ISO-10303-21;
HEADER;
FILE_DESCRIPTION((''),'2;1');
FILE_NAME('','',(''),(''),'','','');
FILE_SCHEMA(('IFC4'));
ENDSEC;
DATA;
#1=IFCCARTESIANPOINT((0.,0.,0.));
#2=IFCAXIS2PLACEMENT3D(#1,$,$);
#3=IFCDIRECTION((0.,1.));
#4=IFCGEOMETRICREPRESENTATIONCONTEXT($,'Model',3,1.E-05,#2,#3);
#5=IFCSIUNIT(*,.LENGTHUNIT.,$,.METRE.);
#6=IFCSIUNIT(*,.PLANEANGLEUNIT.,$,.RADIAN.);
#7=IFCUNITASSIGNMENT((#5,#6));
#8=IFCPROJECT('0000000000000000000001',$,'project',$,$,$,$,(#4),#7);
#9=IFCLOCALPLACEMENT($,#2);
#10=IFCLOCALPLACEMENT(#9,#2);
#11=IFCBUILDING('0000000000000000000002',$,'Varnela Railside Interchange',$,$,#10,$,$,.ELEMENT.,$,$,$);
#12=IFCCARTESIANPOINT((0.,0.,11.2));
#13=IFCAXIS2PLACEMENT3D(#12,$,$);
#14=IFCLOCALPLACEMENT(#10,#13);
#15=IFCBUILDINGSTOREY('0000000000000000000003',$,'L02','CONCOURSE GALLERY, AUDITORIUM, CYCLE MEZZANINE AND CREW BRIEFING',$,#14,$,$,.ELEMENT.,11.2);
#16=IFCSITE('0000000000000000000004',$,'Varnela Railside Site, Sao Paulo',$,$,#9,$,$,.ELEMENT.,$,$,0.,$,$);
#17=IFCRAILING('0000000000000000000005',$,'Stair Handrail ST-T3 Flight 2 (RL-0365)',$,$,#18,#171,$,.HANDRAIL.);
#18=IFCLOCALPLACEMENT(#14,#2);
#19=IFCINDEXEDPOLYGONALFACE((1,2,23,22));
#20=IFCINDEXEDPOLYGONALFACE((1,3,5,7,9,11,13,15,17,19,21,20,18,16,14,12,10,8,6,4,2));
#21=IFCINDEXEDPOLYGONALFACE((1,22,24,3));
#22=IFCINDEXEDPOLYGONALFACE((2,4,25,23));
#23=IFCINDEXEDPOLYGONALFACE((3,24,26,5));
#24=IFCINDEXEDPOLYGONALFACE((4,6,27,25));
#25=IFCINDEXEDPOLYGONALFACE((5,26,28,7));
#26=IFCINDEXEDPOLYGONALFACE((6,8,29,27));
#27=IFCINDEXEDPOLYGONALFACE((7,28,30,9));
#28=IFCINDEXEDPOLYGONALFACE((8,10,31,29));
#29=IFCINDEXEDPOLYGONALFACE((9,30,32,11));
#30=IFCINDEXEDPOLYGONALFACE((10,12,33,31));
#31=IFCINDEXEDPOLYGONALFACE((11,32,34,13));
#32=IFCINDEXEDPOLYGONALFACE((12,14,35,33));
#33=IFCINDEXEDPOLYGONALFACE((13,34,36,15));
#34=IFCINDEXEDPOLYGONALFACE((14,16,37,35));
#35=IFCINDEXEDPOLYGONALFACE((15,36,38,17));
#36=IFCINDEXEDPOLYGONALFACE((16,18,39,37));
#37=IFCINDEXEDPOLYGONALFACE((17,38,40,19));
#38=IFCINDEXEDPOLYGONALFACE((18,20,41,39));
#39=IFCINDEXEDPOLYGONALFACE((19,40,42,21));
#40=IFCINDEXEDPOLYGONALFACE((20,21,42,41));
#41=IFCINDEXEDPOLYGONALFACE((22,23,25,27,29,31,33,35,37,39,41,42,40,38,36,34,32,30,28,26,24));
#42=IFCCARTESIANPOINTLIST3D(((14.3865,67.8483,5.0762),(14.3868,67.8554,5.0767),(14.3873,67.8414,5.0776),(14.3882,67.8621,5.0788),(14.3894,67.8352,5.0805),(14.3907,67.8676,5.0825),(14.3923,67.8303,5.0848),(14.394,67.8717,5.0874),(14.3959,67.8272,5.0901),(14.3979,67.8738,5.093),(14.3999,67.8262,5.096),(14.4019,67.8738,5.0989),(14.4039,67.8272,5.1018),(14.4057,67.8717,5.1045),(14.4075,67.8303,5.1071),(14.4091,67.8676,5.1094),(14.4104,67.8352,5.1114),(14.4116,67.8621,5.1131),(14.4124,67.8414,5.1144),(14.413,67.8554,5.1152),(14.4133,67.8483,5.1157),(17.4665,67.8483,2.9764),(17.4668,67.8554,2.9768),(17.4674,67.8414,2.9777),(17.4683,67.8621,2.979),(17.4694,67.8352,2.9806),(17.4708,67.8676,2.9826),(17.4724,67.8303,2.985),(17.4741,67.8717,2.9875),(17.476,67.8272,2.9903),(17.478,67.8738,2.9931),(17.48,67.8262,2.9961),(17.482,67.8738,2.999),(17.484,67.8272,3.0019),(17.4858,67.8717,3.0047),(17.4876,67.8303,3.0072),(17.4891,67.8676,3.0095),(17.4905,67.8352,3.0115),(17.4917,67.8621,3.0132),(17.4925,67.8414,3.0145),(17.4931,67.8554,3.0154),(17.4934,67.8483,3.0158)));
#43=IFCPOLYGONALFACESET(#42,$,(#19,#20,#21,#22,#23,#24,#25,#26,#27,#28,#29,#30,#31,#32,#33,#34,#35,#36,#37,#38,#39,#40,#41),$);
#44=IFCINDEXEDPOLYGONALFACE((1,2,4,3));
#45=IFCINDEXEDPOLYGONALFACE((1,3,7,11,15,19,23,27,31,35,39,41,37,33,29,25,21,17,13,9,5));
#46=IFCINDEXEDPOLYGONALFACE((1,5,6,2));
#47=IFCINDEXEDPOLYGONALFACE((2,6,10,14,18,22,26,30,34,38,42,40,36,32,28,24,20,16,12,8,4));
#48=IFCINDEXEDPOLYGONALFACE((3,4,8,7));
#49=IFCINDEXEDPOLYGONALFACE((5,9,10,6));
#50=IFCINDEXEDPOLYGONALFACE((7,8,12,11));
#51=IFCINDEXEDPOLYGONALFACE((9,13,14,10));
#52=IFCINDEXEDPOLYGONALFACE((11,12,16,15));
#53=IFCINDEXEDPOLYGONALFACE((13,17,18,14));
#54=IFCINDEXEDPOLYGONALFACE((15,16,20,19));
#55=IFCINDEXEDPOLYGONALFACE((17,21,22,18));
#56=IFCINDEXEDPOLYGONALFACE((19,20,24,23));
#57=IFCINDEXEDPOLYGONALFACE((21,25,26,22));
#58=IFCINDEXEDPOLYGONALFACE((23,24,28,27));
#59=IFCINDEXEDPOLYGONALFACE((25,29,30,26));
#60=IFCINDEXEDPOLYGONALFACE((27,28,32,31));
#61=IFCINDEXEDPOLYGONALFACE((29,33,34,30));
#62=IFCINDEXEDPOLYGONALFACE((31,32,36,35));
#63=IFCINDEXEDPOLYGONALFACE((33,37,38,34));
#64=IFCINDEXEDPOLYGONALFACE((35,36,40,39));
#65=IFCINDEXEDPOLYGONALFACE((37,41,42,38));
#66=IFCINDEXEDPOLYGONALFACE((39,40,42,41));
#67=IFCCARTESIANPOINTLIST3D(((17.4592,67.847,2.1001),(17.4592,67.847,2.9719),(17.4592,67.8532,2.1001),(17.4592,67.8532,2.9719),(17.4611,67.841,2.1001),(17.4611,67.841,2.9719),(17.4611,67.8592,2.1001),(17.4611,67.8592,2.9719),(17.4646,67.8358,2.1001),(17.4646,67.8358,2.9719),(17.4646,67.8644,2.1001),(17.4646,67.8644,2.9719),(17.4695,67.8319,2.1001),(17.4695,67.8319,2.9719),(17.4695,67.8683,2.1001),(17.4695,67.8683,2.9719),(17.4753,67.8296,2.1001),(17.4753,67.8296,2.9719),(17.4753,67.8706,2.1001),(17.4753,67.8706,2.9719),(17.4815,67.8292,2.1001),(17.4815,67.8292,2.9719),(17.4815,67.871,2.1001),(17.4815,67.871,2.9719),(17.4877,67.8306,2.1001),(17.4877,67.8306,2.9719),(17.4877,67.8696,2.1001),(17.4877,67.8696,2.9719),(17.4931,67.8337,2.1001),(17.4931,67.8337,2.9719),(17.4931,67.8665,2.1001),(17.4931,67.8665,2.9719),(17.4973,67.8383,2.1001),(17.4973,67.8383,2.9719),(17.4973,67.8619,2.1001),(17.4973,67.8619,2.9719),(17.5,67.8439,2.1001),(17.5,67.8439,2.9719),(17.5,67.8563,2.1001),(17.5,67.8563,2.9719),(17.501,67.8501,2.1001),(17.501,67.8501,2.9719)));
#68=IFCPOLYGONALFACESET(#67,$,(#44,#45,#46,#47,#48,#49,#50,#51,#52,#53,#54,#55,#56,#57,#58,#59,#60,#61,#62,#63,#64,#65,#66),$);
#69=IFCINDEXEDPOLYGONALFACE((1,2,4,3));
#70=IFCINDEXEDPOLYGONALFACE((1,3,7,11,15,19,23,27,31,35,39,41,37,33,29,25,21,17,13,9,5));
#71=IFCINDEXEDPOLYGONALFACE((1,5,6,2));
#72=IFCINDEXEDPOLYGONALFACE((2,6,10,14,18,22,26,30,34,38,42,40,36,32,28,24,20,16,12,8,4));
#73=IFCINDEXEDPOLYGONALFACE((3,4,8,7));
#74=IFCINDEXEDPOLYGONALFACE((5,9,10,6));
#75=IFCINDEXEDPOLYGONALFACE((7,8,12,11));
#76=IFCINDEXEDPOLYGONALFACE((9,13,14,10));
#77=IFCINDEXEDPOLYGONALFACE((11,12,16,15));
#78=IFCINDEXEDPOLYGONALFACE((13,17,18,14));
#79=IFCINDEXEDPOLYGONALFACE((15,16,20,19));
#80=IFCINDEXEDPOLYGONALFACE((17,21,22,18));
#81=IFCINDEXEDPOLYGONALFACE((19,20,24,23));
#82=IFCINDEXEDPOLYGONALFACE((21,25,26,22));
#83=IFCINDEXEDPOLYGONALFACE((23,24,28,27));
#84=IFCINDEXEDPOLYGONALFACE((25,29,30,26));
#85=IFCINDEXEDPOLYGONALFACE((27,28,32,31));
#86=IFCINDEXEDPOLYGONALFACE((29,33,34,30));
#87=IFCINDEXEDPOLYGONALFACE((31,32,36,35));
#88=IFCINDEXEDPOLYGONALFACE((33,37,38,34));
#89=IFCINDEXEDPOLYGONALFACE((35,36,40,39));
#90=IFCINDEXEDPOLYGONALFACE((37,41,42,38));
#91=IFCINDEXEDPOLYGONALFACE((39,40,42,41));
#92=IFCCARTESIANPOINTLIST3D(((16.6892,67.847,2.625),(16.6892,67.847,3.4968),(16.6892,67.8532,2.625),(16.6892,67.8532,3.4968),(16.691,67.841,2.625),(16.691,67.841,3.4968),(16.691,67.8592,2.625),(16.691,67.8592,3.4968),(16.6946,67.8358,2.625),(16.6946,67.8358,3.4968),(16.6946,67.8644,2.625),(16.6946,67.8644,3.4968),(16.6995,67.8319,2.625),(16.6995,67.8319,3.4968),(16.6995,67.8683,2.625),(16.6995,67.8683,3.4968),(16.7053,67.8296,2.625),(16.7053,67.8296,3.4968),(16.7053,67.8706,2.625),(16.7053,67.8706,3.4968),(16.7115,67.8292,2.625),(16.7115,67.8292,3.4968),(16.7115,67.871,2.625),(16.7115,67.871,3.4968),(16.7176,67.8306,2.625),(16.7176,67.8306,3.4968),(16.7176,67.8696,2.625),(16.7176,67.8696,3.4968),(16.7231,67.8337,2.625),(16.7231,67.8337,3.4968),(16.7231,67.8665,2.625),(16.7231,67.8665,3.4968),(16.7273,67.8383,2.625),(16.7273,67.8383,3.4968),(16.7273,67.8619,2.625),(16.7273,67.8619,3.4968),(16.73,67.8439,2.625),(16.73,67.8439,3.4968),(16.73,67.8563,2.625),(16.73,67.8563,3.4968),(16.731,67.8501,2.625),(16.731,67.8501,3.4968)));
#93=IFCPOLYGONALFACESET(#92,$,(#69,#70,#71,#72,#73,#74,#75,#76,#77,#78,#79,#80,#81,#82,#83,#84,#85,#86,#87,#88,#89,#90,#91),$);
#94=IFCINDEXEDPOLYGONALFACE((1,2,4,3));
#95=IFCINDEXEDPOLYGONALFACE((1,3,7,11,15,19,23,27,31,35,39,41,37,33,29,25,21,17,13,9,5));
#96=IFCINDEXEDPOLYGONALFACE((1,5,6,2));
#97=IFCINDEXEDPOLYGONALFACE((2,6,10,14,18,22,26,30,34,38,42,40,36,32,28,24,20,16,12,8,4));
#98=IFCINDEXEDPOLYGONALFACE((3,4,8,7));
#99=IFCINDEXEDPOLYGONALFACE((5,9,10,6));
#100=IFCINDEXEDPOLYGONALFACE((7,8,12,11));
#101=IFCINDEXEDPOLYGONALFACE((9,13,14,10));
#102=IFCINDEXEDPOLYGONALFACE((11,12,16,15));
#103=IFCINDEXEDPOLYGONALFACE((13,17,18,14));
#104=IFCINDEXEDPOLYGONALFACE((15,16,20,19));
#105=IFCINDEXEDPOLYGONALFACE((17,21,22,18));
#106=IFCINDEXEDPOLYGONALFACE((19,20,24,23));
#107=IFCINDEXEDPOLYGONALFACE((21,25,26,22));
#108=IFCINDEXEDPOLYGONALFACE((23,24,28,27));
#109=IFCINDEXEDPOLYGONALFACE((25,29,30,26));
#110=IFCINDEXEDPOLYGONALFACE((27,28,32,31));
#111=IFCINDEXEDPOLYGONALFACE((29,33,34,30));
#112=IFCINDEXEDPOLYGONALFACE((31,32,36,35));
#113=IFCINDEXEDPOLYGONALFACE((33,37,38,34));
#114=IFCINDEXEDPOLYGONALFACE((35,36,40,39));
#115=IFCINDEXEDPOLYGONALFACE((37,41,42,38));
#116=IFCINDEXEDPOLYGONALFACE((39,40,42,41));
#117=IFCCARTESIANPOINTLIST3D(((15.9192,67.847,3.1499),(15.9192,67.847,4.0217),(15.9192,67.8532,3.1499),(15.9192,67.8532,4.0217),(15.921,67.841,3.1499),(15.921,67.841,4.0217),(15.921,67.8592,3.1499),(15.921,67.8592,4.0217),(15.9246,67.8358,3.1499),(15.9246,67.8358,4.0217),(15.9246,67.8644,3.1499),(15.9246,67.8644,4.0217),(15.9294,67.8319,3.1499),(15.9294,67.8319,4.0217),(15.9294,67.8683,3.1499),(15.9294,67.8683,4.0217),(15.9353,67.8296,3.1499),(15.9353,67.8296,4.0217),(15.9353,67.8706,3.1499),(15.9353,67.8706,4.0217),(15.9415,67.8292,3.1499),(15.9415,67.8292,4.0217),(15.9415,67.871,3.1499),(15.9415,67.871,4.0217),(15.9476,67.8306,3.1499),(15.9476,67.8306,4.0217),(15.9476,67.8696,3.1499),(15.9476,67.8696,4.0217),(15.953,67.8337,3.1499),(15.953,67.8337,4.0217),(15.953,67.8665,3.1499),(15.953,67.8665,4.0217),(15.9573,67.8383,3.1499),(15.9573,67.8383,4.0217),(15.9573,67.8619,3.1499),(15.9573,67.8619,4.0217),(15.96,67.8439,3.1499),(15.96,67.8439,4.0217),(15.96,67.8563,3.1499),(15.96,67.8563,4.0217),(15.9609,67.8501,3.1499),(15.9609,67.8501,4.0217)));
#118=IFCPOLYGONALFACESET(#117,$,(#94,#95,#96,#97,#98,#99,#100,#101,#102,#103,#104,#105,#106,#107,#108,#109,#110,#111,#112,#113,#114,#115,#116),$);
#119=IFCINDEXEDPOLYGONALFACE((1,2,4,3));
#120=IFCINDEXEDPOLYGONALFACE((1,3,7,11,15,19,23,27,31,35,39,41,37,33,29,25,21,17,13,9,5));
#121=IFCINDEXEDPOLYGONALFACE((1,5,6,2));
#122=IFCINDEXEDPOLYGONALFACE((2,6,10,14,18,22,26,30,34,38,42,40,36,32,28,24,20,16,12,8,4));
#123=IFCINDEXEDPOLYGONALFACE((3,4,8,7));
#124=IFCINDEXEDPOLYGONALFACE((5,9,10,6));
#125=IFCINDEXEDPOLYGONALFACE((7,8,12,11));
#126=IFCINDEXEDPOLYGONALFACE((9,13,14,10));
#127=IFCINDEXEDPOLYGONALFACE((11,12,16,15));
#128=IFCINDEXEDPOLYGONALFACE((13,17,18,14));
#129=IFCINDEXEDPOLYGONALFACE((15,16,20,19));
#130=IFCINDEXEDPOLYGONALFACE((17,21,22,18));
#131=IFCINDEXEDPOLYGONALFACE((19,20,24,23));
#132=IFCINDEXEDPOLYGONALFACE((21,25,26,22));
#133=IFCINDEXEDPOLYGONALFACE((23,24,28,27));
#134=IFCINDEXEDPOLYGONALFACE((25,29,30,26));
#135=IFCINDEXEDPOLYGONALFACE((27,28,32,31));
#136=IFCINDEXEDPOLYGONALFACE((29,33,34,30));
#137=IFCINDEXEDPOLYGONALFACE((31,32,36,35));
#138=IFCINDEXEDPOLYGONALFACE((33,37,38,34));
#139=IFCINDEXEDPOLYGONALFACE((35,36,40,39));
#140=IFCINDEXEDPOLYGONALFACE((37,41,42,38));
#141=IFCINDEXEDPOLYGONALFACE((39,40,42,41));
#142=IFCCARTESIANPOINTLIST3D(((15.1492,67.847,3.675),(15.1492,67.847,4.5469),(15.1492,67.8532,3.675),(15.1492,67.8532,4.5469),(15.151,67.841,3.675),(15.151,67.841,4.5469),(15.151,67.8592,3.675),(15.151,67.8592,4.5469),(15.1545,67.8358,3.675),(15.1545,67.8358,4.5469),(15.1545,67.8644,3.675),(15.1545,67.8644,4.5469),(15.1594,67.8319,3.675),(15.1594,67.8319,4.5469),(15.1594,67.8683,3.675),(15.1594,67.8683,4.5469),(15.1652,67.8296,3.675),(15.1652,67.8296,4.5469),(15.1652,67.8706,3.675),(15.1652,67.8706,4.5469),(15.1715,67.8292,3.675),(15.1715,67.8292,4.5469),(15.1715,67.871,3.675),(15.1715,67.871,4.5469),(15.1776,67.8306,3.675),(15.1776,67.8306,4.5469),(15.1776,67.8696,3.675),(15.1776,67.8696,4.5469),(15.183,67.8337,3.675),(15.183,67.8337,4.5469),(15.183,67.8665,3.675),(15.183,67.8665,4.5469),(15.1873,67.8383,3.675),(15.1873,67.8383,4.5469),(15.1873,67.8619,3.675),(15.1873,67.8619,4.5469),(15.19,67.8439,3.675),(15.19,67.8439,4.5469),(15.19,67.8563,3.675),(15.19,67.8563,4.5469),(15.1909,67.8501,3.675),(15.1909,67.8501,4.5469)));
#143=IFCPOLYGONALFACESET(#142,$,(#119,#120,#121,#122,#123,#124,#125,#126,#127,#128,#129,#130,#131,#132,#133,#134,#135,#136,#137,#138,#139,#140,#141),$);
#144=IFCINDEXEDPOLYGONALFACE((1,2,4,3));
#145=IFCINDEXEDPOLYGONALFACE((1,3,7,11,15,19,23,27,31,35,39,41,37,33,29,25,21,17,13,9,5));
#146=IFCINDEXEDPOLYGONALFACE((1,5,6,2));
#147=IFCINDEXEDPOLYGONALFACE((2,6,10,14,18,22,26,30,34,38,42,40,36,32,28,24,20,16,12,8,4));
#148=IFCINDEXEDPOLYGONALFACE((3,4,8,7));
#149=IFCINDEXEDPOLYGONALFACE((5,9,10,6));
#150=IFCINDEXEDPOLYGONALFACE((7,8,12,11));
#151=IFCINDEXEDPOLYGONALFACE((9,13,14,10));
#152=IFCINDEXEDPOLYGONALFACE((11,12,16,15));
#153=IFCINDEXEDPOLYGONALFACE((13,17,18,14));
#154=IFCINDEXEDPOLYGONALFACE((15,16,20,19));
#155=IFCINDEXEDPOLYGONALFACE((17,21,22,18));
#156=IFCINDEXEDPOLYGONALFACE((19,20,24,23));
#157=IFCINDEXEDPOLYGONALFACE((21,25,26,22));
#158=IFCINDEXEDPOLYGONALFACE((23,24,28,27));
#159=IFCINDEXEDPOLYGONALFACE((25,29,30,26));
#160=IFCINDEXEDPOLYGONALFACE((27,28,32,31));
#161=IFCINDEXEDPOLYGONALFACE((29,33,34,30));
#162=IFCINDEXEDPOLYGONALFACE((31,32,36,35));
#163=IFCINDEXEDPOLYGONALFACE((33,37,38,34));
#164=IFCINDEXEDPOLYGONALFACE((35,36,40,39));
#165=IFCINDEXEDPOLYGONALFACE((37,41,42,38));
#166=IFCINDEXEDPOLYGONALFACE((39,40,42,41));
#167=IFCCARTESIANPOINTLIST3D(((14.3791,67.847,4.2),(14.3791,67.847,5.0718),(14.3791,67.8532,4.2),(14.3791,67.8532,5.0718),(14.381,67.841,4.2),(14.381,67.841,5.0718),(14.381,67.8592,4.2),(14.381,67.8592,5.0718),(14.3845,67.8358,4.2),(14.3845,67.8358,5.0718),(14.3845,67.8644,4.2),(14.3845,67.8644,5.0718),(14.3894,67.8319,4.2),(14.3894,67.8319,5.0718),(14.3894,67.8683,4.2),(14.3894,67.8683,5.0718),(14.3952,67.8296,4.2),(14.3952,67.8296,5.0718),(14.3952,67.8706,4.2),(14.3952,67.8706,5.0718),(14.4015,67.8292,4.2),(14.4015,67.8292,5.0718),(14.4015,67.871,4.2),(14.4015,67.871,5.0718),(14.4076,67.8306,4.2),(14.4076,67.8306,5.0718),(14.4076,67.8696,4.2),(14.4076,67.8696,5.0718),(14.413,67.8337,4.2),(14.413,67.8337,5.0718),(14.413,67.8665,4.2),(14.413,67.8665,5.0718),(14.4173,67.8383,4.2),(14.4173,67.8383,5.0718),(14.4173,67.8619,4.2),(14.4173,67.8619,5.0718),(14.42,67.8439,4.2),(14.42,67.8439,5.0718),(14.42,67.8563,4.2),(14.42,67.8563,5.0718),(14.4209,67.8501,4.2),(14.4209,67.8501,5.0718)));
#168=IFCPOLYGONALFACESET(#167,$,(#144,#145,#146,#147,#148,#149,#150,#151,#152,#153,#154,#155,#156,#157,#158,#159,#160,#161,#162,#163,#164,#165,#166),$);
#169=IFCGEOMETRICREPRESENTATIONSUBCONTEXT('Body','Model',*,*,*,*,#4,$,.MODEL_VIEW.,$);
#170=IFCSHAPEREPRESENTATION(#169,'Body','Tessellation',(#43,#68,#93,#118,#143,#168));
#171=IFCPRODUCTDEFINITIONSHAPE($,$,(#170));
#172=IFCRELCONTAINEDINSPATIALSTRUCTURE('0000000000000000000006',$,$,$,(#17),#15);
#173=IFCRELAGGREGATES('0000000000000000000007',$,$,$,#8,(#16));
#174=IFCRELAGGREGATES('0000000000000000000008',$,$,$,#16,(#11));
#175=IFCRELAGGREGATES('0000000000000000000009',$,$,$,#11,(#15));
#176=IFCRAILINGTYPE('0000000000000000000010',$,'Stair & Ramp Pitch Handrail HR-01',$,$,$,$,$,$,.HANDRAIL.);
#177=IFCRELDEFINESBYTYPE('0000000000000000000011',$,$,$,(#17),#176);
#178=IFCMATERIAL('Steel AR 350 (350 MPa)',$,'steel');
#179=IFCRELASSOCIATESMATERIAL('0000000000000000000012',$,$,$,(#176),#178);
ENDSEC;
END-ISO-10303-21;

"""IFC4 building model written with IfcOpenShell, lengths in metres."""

from ifc_helpers import new_model, si_unit, direction, frame, origin, origin_2d, place, context, subcontext, project, spatial, circle, extrude, material, type_object, element, save


model = new_model("IFC4")

# Units and contexts
model_context = context("Model", 3, precision=1e-05, world=origin(), true_north=direction((0.0, 1.0)))
body_context = subcontext(model_context, "Body", "Model", "MODEL_VIEW")
ifc_project = project(units=[si_unit("LENGTHUNIT", "METRE"), si_unit("PLANEANGLEUNIT", "RADIAN")], contexts=[model_context])

# Site, building, storey
site_placement = place(None, origin())
site = spatial("IfcSite", under=ifc_project, at=site_placement, Name="Varnela Railside Site, Sao Paulo", CompositionType="ELEMENT", RefElevation=0.0)
building_placement = place(site_placement, origin())
building = spatial("IfcBuilding", under=site, at=building_placement, Name="Varnela Railside Interchange", CompositionType="ELEMENT")
storey_placement = place(building_placement, frame((0.0, 0.0, 11.2)))
storey = spatial("IfcBuildingStorey", under=building, at=storey_placement, Name="L02", Description="CONCOURSE GALLERY, AUDITORIUM, CYCLE MEZZANINE AND CREW BRIEFING", CompositionType="ELEMENT", Elevation=11.2)

# Shared definitions
ifc_material_1 = material(Name="Steel AR 350 (350 MPa)", Category="steel")

# Railing
railing_type_1 = type_object("IfcRailingType", Name="Stair & Ramp Pitch Handrail HR-01", PredefinedType="HANDRAIL", material=ifc_material_1)
railing_1_placement = place(storey_placement, frame((17.48, 67.8501, 2.1001)))
element("IfcRailing", 1, at=railing_1_placement, inside=storey, type_object=railing_type_1, Name="Stair Handrail ST-T3 Flight 2 (RL-0365)", PredefinedType="HANDRAIL", context=body_context, shape_type="SweptSolid", body=[
    extrude(circle(Radius=0.0239, at=origin_2d()), frame((0.0, 0.0, 0.896), z_axis=(-0.826252, 0.0, 0.5633), x_axis=(0.0, -1.0, 0.0)), (0.0, 0.0, 1.0), 3.7278),
    extrude(circle(Radius=0.021, at=origin_2d()), origin(), (0.0, 0.0, 1.0), 0.8718),
    extrude(circle(Radius=0.021, at=origin_2d()), frame((-0.77, 0.0, 0.5249)), (0.0, 0.0, 1.0), 0.8718),
    extrude(circle(Radius=0.021, at=origin_2d()), frame((-1.54, 0.0, 1.0498)), (0.0, 0.0, 1.0), 0.8718),
    extrude(circle(Radius=0.021, at=origin_2d()), frame((-2.3101, 0.0, 1.575)), (0.0, 0.0, 1.0), 0.8718),
    extrude(circle(Radius=0.021, at=origin_2d()), frame((-3.0801, 0.0, 2.0999)), (0.0, 0.0, 1.0), 0.8718),
])

save(model, "model.ifc")
